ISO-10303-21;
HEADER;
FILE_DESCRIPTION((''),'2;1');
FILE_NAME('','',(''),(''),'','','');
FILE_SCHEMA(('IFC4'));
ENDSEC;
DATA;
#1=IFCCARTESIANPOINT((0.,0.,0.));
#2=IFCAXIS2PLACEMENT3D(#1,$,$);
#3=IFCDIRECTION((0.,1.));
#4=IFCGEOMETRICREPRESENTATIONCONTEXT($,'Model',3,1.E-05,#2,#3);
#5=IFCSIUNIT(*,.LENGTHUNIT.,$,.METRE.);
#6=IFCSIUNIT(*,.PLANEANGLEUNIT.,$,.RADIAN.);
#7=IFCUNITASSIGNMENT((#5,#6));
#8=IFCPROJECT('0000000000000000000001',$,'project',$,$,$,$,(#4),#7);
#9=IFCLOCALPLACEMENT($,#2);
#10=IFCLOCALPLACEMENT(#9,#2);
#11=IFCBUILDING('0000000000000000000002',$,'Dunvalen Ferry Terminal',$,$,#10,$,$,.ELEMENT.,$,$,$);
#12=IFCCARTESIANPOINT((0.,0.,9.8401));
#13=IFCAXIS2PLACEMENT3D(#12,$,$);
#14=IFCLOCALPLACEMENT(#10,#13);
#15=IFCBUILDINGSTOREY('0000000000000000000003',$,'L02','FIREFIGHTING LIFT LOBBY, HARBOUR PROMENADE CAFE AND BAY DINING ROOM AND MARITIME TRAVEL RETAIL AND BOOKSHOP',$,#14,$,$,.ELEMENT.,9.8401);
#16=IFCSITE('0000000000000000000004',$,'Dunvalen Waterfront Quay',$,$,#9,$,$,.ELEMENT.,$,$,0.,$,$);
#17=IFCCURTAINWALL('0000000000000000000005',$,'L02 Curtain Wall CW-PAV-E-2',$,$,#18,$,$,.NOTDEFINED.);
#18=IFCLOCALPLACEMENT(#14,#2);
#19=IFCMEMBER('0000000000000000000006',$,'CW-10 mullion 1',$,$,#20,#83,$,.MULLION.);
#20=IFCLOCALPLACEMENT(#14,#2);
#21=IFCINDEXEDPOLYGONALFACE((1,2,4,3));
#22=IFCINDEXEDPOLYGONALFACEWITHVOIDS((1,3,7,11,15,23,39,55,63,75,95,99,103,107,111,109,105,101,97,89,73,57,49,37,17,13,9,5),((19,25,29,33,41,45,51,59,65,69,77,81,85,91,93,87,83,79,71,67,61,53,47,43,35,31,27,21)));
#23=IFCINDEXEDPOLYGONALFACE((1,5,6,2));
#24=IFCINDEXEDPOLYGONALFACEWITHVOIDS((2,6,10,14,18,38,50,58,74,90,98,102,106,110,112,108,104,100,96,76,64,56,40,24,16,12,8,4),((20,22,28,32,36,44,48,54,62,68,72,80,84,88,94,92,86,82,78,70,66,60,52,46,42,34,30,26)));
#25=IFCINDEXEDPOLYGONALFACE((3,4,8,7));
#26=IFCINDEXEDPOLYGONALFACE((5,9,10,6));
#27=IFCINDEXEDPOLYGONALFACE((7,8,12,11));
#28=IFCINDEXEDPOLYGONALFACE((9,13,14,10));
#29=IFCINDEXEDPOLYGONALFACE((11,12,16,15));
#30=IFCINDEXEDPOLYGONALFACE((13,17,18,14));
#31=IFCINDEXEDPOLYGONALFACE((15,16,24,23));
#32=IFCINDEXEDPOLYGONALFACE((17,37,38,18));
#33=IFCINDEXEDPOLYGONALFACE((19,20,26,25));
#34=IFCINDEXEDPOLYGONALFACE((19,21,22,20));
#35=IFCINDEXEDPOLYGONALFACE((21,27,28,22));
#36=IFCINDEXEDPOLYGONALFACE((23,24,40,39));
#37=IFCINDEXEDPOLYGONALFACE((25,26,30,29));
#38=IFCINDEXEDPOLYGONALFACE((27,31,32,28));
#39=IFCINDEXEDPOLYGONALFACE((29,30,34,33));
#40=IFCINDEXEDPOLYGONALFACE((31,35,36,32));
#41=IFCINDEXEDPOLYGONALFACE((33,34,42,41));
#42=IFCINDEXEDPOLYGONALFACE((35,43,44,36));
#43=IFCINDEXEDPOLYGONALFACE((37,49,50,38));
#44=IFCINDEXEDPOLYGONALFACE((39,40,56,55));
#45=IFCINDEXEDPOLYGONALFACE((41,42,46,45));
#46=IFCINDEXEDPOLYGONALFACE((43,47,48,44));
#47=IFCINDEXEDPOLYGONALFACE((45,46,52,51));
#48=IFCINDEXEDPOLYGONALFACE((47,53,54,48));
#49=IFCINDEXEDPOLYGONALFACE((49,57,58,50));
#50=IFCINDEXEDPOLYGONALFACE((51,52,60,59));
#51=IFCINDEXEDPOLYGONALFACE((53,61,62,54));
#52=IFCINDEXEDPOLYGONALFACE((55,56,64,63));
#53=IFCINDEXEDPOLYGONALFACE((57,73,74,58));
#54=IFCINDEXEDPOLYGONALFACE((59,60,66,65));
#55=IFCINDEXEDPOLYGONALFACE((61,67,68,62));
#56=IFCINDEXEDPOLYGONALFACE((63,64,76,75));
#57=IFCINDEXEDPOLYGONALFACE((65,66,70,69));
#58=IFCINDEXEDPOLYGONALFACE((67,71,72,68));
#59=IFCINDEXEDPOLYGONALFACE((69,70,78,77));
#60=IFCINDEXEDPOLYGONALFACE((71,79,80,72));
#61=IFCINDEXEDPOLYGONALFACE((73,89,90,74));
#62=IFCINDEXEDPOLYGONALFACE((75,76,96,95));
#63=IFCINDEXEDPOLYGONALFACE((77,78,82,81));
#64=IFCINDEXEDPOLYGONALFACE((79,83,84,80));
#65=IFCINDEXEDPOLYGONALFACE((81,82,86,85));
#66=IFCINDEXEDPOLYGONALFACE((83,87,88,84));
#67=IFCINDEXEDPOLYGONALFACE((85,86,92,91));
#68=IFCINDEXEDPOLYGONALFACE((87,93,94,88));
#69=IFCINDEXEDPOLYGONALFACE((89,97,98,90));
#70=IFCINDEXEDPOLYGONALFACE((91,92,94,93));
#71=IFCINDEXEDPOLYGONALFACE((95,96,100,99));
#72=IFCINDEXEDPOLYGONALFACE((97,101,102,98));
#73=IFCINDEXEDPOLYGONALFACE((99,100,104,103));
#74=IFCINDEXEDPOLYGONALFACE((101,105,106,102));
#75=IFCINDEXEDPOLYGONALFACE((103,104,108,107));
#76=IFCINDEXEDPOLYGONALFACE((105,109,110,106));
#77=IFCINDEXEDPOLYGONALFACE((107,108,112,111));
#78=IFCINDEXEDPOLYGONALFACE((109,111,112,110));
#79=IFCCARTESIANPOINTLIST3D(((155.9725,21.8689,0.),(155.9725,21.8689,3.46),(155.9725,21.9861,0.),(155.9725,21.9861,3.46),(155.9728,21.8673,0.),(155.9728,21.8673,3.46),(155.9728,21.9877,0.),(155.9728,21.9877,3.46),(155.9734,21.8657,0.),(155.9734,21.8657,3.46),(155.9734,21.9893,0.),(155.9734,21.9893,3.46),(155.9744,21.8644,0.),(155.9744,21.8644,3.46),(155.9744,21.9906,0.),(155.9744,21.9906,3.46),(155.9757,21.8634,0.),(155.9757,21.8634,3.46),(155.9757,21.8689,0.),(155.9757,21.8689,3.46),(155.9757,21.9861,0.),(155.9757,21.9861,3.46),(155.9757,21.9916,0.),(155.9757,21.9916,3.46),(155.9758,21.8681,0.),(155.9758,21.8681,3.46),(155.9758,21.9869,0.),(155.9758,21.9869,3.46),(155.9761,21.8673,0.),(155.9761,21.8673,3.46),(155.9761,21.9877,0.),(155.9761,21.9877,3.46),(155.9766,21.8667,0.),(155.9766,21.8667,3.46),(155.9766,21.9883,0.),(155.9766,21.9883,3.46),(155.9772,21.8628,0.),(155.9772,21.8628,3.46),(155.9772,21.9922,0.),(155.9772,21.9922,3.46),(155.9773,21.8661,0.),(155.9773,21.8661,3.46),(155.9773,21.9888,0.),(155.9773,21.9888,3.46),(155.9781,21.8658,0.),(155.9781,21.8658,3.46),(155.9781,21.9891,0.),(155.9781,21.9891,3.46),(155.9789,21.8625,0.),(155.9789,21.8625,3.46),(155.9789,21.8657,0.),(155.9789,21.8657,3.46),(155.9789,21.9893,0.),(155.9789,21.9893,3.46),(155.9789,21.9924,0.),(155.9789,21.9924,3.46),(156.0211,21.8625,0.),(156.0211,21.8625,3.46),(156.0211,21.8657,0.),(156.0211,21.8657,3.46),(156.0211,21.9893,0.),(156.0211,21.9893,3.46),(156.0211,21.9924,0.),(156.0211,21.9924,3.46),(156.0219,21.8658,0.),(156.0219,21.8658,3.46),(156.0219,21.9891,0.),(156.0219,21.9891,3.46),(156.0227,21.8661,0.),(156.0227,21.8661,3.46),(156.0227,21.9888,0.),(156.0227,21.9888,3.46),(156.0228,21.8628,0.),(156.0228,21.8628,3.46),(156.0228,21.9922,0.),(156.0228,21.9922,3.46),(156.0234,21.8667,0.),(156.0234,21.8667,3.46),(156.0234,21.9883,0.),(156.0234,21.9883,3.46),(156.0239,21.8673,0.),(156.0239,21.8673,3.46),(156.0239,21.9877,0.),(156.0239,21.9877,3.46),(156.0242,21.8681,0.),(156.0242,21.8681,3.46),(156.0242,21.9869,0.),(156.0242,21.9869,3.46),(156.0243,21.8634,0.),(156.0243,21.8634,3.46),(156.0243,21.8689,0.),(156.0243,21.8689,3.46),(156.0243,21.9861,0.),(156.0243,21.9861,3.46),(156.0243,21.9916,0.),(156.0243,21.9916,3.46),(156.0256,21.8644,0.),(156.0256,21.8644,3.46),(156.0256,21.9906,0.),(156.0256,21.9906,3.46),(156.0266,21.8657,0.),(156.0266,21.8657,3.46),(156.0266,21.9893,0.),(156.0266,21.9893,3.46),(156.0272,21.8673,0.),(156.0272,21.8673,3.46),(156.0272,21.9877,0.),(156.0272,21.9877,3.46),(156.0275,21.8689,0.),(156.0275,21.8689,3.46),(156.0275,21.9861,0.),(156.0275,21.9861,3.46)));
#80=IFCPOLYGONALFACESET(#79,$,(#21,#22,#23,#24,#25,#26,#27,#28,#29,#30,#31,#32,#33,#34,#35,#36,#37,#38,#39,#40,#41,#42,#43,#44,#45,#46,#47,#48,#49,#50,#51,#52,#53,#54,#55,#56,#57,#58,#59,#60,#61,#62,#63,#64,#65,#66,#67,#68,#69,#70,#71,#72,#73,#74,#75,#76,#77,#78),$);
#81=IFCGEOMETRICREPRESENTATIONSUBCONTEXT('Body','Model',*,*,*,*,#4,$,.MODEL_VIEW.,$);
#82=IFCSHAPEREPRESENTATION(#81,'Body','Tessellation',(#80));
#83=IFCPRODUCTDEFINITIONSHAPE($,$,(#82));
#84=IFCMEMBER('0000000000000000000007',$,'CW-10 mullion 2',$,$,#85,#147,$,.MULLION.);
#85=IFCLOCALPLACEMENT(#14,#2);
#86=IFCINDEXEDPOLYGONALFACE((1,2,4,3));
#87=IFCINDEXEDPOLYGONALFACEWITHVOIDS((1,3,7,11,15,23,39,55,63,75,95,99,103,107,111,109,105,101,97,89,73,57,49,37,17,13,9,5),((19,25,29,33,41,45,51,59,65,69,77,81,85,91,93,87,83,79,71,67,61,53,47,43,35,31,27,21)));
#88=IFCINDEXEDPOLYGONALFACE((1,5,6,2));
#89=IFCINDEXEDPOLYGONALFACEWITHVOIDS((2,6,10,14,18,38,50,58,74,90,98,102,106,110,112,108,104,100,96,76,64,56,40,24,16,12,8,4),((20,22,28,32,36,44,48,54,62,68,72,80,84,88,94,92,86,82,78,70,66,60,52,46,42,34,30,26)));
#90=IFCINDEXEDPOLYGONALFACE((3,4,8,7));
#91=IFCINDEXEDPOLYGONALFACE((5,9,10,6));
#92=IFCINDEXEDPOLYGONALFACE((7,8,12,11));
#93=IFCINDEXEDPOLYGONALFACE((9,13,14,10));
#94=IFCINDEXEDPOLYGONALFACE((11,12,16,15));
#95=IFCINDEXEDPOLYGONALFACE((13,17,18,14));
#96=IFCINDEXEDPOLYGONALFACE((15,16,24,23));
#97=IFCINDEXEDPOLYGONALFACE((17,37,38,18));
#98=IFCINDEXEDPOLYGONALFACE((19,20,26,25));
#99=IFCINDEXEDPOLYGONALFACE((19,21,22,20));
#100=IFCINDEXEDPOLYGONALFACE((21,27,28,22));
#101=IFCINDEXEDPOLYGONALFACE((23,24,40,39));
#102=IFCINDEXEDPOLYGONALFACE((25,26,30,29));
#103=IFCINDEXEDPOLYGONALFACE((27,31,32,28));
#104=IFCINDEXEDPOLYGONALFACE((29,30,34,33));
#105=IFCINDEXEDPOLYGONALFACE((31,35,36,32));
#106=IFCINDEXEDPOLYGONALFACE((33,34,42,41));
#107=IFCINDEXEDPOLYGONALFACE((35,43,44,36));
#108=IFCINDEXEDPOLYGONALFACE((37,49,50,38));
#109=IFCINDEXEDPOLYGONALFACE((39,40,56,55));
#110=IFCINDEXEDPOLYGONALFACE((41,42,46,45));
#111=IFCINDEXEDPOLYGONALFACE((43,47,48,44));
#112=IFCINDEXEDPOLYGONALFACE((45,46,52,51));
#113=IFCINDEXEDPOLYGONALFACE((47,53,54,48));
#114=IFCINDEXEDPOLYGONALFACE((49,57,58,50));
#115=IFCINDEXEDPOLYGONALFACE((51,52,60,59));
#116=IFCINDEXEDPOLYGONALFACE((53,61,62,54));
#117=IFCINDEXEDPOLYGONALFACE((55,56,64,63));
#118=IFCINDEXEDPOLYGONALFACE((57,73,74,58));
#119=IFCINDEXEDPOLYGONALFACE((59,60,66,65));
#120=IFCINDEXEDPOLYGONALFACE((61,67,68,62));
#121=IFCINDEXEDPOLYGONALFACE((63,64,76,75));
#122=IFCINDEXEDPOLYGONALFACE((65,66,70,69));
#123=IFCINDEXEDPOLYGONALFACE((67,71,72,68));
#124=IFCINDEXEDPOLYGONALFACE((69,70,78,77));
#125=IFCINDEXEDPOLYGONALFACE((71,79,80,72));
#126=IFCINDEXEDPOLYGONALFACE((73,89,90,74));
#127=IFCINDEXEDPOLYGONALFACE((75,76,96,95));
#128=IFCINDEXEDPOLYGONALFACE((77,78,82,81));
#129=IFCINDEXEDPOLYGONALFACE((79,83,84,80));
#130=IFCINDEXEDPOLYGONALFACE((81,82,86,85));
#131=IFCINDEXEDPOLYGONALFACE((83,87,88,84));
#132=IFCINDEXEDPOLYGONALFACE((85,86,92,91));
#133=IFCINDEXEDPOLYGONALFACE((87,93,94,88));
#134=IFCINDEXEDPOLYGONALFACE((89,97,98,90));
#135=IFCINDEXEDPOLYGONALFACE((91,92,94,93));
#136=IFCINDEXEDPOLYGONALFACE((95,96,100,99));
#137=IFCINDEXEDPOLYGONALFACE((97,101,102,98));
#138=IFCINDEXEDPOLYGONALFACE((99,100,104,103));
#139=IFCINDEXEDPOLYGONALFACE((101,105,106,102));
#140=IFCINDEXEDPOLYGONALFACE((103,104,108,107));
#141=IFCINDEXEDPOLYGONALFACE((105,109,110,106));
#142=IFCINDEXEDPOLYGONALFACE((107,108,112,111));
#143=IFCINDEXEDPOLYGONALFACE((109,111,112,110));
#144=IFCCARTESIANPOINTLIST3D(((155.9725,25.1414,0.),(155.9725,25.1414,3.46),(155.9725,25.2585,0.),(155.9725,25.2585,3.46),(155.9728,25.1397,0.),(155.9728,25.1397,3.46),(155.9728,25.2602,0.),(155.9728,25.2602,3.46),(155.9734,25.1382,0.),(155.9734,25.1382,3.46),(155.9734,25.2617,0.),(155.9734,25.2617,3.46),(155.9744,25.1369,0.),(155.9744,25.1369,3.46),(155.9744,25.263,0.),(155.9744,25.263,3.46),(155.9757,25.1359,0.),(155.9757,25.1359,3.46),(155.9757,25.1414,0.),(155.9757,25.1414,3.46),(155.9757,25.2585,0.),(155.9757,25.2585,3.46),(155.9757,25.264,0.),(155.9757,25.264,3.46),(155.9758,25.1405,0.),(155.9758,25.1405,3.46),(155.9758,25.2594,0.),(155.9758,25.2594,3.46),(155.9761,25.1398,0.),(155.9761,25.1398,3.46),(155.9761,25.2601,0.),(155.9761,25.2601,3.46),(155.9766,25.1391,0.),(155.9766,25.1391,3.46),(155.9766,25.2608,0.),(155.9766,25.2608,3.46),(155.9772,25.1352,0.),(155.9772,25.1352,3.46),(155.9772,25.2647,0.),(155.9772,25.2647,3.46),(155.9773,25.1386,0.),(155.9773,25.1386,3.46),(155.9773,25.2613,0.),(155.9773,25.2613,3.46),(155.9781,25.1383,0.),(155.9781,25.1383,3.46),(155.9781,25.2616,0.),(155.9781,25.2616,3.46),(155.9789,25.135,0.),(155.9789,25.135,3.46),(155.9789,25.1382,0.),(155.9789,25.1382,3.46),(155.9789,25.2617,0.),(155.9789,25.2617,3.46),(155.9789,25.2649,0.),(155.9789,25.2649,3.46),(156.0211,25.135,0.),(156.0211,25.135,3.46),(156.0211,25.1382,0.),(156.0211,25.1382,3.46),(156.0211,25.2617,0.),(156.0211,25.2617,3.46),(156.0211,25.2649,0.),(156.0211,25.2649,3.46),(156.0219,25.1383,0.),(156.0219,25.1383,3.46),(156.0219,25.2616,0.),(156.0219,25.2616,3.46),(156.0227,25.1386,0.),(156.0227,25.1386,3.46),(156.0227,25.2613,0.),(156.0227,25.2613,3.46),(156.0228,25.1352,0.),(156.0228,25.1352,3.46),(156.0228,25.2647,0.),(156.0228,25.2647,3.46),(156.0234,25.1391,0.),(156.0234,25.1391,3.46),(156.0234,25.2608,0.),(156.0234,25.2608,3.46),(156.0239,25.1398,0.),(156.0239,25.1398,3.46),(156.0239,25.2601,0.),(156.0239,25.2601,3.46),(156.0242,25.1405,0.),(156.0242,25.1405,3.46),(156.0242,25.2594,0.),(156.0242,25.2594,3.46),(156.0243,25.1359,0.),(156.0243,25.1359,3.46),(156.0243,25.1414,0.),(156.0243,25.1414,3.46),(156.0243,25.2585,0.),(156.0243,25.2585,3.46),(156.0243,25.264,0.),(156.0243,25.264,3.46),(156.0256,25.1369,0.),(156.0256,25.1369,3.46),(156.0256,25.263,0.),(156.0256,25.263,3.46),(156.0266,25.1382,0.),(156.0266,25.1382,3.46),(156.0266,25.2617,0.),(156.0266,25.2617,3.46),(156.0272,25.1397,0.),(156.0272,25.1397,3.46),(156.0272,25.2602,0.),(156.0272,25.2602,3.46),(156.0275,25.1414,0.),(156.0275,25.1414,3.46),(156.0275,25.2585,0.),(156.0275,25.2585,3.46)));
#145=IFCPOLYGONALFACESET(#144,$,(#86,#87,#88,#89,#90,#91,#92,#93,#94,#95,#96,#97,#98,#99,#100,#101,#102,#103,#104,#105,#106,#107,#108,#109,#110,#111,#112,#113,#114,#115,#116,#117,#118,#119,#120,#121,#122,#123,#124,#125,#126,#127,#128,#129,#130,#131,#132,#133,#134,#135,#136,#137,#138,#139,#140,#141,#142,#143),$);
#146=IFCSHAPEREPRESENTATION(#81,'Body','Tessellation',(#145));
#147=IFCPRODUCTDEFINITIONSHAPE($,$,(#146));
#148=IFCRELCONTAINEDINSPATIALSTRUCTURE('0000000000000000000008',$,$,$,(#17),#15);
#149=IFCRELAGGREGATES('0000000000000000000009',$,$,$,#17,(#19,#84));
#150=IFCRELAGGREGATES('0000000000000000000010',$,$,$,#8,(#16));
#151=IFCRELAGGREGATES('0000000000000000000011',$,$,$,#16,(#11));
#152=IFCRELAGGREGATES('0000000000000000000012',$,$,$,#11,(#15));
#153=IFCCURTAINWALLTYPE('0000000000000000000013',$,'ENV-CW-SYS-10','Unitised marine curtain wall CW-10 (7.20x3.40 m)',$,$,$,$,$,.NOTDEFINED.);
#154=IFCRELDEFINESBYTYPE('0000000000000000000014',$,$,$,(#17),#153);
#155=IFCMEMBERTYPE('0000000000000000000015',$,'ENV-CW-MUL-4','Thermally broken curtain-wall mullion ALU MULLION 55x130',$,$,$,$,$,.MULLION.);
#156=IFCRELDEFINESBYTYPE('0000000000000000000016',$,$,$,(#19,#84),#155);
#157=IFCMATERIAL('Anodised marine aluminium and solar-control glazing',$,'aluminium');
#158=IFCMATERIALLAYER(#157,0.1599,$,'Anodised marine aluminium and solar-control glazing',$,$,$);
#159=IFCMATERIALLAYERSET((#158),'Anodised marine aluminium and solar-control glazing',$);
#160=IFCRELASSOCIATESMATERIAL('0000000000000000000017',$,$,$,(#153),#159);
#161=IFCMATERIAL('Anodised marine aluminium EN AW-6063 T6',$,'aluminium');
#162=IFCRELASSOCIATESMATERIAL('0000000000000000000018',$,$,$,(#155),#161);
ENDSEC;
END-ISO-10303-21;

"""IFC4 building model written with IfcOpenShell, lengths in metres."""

from ifc_helpers import new_model, si_unit, direction, frame, origin, origin_2d, place, context, subcontext, project, spatial, hollow_rectangle, extrude, material, layer, layer_set, material_profile, profile_set, type_object, element, aggregate, save


model = new_model("IFC4")

# Units and contexts
model_context = context("Model", 3, precision=1e-05, world=origin(), true_north=direction((0.0, 1.0)))
body_context = subcontext(model_context, "Body", "Model", "MODEL_VIEW")
ifc_project = project(units=[si_unit("LENGTHUNIT", "METRE"), si_unit("PLANEANGLEUNIT", "RADIAN")], contexts=[model_context])

# Site, building, storey
site_placement = place(None, origin())
site = spatial("IfcSite", under=ifc_project, at=site_placement, Name="Dunvalen Waterfront Quay", CompositionType="ELEMENT", RefElevation=0.0)
building_placement = place(site_placement, origin())
building = spatial("IfcBuilding", under=site, at=building_placement, Name="Dunvalen Ferry Terminal", CompositionType="ELEMENT")
storey_placement = place(building_placement, frame((0.0, 0.0, 9.8401)))
storey = spatial("IfcBuildingStorey", under=building, at=storey_placement, Name="L02", Description="FIREFIGHTING LIFT LOBBY, HARBOUR PROMENADE CAFE AND BAY DINING ROOM AND MARITIME TRAVEL RETAIL AND BOOKSHOP", CompositionType="ELEMENT", Elevation=9.8401)

# Shared definitions
ifc_material_1 = material(Name="Anodised marine aluminium and solar-control glazing", Category="aluminium")
ifc_layer_1 = layer(ifc_material_1, 0.1599, Name="Anodised marine aluminium and solar-control glazing")
ifc_layer_set_1 = layer_set([ifc_layer_1], Name="Anodised marine aluminium and solar-control glazing")
curtain_wall_type = type_object("IfcCurtainWallType", Name="ENV-CW-SYS-10", Description="Unitised marine curtain wall CW-10 (7.20x3.40 m)", PredefinedType="NOTDEFINED", material=ifc_layer_set_1)
ifc_material_2 = material(Name="Anodised marine aluminium EN AW-6063 T6", Category="aluminium")
ifc_material_profile_1 = material_profile(ifc_material_2, hollow_rectangle(XDim=0.0549, YDim=0.1299, WallThickness=0.0032, InnerFilletRadius=0.0032, OuterFilletRadius=0.0063, at=origin_2d()), Name="Anodised marine aluminium EN AW-6063 T6")
ifc_profile_set_1 = profile_set([ifc_material_profile_1], Name="Anodised marine aluminium EN AW-6063 T6")
member_type_1 = type_object("IfcMemberType", Name="ENV-CW-MUL-4", Description="Thermally broken curtain-wall mullion ALU MULLION 55x130", PredefinedType="MULLION", material=ifc_profile_set_1)

# Curtain wall, members
curtain_wall_1_placement = place(storey_placement, origin())
curtain_wall_1 = element("IfcCurtainWall", 1, at=curtain_wall_1_placement, inside=storey, type_object=curtain_wall_type, Name="L02 Curtain Wall CW-PAV-E-2", PredefinedType="NOTDEFINED")
member_1_placement = place(storey_placement, frame((156.0, 21.9275, 0.0), z_axis=(0.0, 0.0, 1.0), x_axis=(-1.0, 0.0, 0.0)))
member_1 = element("IfcMember", 2, at=member_1_placement, type_object=member_type_1, Name="CW-10 mullion 1", PredefinedType="MULLION", context=body_context, shape_type="SweptSolid", body=[
    extrude(hollow_rectangle(XDim=0.0549, YDim=0.1299, WallThickness=0.0032, InnerFilletRadius=0.0032, OuterFilletRadius=0.0063, at=origin_2d()), origin(), (0.0, 0.0, 1.0), 3.46),
])
member_2_placement = place(storey_placement, frame((156.0, 25.2, 0.0), z_axis=(0.0, 0.0, 1.0), x_axis=(-1.0, 0.0, 0.0)))
member_2 = element("IfcMember", 3, at=member_2_placement, type_object=member_type_1, Name="CW-10 mullion 2", PredefinedType="MULLION", context=body_context, shape_type="SweptSolid", body=[
    extrude(hollow_rectangle(XDim=0.0549, YDim=0.1299, WallThickness=0.0032, InnerFilletRadius=0.0032, OuterFilletRadius=0.0063, at=origin_2d()), origin(), (0.0, 0.0, 1.0), 3.46),
])

aggregate(curtain_wall_1, [member_1, member_2])

save(model, "model.ifc")
